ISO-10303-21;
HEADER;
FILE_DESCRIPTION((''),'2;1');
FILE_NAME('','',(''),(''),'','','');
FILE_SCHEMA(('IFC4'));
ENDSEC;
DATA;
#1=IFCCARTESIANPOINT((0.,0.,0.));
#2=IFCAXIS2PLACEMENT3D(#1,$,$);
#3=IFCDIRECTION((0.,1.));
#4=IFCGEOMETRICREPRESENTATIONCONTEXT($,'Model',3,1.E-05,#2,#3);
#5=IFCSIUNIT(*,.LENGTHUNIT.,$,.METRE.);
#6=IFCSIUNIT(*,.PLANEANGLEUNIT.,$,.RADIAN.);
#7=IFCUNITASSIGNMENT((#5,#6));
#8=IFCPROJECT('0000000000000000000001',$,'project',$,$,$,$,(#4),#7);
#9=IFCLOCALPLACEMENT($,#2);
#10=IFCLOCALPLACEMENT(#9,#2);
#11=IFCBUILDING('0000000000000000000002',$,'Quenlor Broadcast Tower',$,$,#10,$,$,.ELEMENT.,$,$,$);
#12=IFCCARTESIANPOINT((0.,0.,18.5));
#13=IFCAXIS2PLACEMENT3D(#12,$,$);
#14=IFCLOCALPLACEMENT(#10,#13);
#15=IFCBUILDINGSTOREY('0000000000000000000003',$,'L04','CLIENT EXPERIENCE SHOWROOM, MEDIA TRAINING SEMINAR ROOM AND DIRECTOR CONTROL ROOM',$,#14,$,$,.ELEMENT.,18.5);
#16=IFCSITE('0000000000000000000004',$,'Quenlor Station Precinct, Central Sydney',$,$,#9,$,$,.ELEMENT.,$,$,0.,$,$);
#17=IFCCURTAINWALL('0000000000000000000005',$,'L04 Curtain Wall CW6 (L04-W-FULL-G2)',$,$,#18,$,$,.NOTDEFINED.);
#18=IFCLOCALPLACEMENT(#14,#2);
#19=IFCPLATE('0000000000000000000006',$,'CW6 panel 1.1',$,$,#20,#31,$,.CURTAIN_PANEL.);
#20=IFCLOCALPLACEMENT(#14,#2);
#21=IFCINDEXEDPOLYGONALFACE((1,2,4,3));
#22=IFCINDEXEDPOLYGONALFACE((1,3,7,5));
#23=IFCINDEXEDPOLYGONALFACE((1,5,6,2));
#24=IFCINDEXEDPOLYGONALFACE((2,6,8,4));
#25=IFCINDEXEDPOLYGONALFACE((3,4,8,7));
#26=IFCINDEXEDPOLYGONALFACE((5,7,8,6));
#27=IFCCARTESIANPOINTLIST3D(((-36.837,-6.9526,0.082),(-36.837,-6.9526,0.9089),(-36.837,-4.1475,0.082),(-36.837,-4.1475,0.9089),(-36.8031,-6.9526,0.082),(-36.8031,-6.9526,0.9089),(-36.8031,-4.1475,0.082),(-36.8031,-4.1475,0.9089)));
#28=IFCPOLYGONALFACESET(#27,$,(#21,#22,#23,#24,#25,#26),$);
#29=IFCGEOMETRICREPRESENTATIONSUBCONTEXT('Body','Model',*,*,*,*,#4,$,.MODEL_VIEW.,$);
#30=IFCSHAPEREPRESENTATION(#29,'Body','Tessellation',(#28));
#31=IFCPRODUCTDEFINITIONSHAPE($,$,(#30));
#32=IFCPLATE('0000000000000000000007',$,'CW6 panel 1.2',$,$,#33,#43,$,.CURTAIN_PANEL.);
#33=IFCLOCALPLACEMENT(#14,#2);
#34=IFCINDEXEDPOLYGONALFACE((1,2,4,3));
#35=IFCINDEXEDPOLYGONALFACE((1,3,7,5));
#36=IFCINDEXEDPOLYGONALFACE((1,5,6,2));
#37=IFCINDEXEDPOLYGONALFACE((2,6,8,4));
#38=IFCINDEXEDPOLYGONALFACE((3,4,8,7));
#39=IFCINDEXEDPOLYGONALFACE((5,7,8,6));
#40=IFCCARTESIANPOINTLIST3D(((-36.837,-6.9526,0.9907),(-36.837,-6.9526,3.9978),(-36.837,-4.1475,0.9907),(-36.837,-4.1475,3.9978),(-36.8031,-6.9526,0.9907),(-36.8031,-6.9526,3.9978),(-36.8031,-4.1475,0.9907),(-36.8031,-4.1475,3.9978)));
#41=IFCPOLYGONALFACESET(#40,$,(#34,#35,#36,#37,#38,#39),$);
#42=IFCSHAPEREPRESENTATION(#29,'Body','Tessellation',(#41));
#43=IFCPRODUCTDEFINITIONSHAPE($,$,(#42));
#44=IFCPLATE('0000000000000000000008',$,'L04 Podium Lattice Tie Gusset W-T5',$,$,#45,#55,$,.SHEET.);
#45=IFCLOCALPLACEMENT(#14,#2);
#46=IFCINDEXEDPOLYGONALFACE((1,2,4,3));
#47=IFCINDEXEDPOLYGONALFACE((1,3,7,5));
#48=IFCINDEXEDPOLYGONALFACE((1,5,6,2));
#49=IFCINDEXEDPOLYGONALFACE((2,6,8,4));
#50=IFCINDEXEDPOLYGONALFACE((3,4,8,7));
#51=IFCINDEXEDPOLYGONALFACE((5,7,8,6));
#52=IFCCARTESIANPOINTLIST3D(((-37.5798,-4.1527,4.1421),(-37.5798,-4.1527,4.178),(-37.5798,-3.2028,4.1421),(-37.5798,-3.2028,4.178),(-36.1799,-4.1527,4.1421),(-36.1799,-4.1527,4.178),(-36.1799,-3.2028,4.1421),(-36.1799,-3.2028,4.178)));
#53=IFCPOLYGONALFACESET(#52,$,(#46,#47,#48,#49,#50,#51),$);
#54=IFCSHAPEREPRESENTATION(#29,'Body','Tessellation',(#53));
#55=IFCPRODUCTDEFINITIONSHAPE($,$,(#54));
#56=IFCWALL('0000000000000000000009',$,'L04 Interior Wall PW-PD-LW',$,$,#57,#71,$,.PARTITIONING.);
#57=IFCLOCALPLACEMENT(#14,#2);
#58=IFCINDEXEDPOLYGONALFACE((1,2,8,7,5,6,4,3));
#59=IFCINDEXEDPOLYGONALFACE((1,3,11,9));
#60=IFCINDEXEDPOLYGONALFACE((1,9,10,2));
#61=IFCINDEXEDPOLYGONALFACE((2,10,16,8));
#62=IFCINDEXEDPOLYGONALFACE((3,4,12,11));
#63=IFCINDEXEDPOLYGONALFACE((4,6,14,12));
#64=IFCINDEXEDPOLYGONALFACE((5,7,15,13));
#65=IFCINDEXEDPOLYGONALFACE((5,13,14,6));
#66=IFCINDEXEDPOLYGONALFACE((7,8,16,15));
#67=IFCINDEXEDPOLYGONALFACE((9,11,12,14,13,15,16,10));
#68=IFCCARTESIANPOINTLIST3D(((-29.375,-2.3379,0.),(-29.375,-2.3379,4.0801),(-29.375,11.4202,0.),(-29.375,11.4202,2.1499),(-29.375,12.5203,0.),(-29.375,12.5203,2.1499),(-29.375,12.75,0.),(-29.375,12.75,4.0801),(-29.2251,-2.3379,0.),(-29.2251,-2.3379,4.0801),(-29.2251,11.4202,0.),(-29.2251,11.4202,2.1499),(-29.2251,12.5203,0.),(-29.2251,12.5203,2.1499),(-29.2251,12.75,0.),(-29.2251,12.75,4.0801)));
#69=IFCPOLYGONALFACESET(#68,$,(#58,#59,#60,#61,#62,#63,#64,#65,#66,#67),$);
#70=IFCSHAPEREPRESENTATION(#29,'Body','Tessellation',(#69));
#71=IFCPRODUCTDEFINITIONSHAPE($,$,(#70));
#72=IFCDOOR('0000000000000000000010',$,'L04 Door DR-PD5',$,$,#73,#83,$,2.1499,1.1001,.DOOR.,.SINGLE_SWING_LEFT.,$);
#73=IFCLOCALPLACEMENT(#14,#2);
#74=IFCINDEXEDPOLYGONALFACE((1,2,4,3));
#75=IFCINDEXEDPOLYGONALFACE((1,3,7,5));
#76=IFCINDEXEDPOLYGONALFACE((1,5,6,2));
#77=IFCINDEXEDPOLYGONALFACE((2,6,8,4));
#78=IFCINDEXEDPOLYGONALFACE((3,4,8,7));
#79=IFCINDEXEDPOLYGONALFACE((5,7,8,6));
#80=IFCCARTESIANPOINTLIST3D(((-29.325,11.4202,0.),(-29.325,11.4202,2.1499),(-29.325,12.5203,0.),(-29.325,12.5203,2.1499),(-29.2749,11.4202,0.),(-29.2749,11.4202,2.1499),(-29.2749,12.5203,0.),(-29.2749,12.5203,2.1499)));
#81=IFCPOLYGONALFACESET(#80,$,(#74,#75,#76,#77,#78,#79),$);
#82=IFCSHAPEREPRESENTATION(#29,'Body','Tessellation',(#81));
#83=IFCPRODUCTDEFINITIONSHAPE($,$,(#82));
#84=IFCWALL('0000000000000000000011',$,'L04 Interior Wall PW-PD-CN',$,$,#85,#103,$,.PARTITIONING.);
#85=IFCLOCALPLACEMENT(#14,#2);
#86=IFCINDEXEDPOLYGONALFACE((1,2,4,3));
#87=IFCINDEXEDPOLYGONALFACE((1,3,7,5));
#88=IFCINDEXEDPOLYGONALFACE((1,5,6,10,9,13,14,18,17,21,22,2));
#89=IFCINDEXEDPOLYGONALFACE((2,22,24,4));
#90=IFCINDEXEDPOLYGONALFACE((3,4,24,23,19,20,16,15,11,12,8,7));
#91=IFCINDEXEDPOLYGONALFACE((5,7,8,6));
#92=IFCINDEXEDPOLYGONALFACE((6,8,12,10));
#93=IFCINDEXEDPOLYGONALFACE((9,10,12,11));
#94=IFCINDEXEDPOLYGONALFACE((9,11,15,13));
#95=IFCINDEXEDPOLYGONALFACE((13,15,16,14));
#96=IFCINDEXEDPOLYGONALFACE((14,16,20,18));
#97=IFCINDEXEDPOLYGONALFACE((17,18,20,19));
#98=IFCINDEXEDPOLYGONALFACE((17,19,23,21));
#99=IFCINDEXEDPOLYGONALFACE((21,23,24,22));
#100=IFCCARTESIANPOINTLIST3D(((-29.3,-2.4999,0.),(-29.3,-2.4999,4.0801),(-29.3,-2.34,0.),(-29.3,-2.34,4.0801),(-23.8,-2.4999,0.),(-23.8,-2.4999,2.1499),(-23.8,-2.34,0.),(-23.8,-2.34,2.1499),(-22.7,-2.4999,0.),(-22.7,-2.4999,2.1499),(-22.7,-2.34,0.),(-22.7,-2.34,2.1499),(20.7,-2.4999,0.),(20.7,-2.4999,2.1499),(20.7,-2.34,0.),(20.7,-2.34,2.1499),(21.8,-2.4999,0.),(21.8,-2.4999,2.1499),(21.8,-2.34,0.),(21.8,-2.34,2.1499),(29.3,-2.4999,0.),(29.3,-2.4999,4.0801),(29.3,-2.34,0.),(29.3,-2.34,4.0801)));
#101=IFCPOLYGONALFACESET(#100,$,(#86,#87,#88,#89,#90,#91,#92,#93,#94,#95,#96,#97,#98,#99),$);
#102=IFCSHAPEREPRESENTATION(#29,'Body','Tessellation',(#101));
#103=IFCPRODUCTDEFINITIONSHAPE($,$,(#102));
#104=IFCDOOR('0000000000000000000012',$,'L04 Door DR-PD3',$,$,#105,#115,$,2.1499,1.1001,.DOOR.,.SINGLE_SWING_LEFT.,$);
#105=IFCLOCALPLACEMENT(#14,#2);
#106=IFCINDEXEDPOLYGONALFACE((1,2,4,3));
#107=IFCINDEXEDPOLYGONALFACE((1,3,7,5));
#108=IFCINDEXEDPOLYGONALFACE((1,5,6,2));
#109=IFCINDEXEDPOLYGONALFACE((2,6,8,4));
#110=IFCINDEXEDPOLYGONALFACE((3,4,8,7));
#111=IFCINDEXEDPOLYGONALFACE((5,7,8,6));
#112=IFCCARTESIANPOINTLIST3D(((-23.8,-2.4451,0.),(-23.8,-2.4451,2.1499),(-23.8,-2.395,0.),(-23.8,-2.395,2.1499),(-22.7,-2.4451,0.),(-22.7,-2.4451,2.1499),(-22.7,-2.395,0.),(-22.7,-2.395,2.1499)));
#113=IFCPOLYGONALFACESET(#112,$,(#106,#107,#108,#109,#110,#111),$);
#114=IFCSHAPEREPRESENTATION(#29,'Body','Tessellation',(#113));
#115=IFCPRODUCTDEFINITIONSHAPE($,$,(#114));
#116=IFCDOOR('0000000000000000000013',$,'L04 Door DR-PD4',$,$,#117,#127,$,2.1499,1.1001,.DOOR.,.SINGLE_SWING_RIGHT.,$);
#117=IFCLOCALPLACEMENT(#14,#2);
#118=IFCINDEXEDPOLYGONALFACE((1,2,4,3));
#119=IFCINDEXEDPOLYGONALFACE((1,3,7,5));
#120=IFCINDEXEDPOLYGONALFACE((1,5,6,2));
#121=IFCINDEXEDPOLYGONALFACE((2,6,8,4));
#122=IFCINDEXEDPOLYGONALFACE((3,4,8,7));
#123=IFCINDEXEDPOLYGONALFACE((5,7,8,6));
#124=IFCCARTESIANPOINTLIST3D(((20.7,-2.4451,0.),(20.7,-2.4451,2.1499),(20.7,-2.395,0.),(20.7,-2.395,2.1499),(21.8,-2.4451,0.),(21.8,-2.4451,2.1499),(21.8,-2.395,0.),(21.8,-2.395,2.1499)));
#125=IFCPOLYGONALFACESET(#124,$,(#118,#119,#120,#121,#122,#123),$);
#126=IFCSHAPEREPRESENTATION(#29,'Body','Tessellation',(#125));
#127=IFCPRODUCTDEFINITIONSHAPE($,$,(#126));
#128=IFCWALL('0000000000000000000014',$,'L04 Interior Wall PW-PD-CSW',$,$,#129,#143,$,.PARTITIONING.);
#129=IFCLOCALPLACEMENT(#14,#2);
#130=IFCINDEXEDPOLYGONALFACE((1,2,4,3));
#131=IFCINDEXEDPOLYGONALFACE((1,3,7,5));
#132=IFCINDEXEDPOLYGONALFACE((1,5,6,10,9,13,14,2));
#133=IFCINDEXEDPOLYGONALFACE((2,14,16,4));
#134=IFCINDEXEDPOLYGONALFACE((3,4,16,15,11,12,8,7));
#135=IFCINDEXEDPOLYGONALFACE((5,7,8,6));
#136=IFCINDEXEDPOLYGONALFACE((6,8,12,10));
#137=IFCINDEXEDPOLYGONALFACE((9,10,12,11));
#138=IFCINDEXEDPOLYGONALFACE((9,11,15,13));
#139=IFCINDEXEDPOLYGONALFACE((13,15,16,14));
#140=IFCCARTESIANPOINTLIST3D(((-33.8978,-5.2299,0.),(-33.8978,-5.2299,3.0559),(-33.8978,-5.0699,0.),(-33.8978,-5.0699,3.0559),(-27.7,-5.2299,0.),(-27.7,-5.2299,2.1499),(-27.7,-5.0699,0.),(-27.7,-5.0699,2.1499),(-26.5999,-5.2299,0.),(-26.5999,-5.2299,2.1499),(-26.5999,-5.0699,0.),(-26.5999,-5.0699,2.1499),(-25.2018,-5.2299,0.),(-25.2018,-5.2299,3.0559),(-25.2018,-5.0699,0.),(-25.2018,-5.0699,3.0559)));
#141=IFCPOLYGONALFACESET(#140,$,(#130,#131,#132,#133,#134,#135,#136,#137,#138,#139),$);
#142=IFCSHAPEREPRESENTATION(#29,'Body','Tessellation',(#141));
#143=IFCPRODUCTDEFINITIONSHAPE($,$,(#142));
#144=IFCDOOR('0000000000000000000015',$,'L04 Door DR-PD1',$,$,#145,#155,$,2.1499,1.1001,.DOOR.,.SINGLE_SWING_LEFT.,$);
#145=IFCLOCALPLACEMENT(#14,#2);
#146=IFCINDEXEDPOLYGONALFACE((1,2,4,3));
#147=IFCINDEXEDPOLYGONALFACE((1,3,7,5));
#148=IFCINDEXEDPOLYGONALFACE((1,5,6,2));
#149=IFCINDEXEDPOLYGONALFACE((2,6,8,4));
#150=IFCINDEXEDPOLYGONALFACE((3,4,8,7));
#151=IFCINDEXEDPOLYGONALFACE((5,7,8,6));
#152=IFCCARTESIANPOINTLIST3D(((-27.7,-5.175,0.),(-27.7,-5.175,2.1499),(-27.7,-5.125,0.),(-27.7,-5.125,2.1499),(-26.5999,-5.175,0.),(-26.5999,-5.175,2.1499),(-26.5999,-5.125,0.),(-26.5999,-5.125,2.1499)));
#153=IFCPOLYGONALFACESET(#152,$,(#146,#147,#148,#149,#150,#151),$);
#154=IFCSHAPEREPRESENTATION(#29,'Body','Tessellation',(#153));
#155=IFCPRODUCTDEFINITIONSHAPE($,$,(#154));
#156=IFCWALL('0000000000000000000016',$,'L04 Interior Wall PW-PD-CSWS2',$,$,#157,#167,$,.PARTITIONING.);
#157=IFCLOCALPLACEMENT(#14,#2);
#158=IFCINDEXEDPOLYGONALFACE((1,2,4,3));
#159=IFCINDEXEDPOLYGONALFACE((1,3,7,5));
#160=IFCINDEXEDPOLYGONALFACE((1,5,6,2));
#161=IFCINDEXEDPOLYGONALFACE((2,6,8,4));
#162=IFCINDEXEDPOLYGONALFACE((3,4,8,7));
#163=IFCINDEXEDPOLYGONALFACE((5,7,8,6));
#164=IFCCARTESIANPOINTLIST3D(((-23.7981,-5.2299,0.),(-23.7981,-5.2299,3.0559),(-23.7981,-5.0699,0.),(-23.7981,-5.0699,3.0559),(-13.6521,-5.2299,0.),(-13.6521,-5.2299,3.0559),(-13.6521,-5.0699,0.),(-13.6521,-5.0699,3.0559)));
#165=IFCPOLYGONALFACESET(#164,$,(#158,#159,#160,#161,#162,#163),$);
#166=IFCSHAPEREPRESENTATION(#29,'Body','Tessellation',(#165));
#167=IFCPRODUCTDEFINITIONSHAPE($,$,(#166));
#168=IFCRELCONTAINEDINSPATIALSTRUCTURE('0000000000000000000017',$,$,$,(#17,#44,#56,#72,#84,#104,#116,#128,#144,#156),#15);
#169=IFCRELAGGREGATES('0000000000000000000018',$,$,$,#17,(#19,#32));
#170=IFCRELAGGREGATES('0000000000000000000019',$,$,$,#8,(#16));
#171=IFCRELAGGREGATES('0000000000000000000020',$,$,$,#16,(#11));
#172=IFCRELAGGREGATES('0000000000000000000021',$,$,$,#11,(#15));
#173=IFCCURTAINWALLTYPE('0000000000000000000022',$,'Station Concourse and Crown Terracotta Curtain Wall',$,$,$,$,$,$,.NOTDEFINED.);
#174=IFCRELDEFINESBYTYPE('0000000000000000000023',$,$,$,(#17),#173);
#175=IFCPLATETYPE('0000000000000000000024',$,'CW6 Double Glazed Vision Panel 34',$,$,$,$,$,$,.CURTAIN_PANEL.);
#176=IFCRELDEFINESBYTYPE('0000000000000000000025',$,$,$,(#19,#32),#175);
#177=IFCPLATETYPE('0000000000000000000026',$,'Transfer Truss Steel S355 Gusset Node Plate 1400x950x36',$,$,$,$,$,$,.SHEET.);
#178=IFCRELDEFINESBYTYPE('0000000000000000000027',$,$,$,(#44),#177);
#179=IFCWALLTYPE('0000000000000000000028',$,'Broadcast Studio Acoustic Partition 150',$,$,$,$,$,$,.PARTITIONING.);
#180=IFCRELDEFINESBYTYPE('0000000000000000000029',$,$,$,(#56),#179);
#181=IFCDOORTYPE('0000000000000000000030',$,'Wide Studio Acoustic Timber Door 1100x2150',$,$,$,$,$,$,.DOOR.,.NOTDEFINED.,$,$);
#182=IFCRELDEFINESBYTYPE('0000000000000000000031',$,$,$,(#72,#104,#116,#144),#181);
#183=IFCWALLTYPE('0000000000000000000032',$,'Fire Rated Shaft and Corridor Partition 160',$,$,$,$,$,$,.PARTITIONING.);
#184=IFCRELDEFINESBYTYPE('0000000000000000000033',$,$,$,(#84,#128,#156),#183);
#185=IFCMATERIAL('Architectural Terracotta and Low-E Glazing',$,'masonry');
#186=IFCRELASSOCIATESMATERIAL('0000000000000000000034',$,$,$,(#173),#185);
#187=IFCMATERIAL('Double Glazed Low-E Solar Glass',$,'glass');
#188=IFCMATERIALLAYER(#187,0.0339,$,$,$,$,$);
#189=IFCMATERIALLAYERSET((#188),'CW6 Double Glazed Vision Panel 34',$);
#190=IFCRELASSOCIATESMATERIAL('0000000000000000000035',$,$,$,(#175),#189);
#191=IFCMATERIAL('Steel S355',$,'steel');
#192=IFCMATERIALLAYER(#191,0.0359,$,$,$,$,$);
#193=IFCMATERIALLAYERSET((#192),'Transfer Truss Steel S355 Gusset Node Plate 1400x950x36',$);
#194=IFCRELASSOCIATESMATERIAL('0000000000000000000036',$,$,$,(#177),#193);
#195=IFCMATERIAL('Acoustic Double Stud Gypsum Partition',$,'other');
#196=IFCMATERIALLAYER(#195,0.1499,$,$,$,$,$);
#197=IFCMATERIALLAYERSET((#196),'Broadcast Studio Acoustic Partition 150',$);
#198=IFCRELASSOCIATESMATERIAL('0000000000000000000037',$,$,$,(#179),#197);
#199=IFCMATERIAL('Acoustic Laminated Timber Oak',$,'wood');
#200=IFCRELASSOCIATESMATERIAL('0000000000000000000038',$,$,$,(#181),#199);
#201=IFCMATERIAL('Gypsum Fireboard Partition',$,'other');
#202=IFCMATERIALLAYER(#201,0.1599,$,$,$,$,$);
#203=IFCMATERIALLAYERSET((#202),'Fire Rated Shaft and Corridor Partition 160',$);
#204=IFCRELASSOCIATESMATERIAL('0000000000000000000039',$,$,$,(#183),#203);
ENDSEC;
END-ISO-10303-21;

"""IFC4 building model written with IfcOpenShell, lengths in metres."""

from ifc_helpers import new_model, si_unit, direction, frame, frame_2d, origin, origin_2d, place, context, subcontext, project, spatial, rectangle, extrude, material, layer, layer_set, type_object, element, fill, aggregate, save


model = new_model("IFC4")

# Units and contexts
model_context = context("Model", 3, precision=1e-05, world=origin(), true_north=direction((0.0, 1.0)))
body_context = subcontext(model_context, "Body", "Model", "MODEL_VIEW")
ifc_project = project(units=[si_unit("LENGTHUNIT", "METRE"), si_unit("PLANEANGLEUNIT", "RADIAN")], contexts=[model_context])

# Site, building, storey
site_placement = place(None, origin())
site = spatial("IfcSite", under=ifc_project, at=site_placement, Name="Quenlor Station Precinct, Central Sydney", CompositionType="ELEMENT", RefElevation=0.0)
building_placement = place(site_placement, origin())
building = spatial("IfcBuilding", under=site, at=building_placement, Name="Quenlor Broadcast Tower", CompositionType="ELEMENT")
storey_placement = place(building_placement, frame((0.0, 0.0, 18.5)))
storey = spatial("IfcBuildingStorey", under=building, at=storey_placement, Name="L04", Description="CLIENT EXPERIENCE SHOWROOM, MEDIA TRAINING SEMINAR ROOM AND DIRECTOR CONTROL ROOM", CompositionType="ELEMENT", Elevation=18.5)

# Curtain wall
ifc_material_1 = material(Name="Architectural Terracotta and Low-E Glazing", Category="masonry")
curtain_wall_type = type_object("IfcCurtainWallType", Name="Station Concourse and Crown Terracotta Curtain Wall", PredefinedType="NOTDEFINED", material=ifc_material_1)
curtain_wall_placement = place(storey_placement, origin())
curtain_wall = element("IfcCurtainWall", 1, at=curtain_wall_placement, inside=storey, type_object=curtain_wall_type, Name="L04 Curtain Wall CW6 (L04-W-FULL-G2)", PredefinedType="NOTDEFINED")

# Plates
ifc_material_2 = material(Name="Double Glazed Low-E Solar Glass", Category="glass")
ifc_layer_1 = layer(ifc_material_2, 0.0339)
ifc_layer_set_1 = layer_set([ifc_layer_1], Name="CW6 Double Glazed Vision Panel 34")
plate_type_1 = type_object("IfcPlateType", Name="CW6 Double Glazed Vision Panel 34", PredefinedType="CURTAIN_PANEL", material=ifc_layer_set_1)
plate_1_placement = place(storey_placement, frame((-36.8201, -5.55, 0.082), z_axis=(0.0, 0.0, 1.0), x_axis=(0.0, 1.0, 0.0)))
plate_1 = element("IfcPlate", 2, at=plate_1_placement, type_object=plate_type_1, Name="CW6 panel 1.1", PredefinedType="CURTAIN_PANEL", context=body_context, shape_type="SweptSolid", body=[
    extrude(rectangle(XDim=2.8052, YDim=0.0339, at=origin_2d()), origin(), (0.0, 0.0, 1.0), 0.8269),
])
plate_2_placement = place(storey_placement, frame((-36.8201, -5.55, 0.9907), z_axis=(0.0, 0.0, 1.0), x_axis=(0.0, 1.0, 0.0)))
plate_2 = element("IfcPlate", 3, at=plate_2_placement, type_object=plate_type_1, Name="CW6 panel 1.2", PredefinedType="CURTAIN_PANEL", context=body_context, shape_type="SweptSolid", body=[
    extrude(rectangle(XDim=2.8052, YDim=0.0339, at=origin_2d()), origin(), (0.0, 0.0, 1.0), 3.0071),
])
aggregate(curtain_wall, [plate_1, plate_2])
ifc_material_3 = material(Name="Steel S355", Category="steel")
ifc_layer_2 = layer(ifc_material_3, 0.0359)
ifc_layer_set_2 = layer_set([ifc_layer_2], Name="Transfer Truss Steel S355 Gusset Node Plate 1400x950x36")
plate_type_2 = type_object("IfcPlateType", Name="Transfer Truss Steel S355 Gusset Node Plate 1400x950x36", PredefinedType="SHEET", material=ifc_layer_set_2)
plate_3_placement = place(storey_placement, frame((-36.8799, -3.6777, 4.1421), z_axis=(0.0, 0.0, 1.0), x_axis=(-1.0, 0.0, 0.0)))
element("IfcPlate", 4, at=plate_3_placement, inside=storey, type_object=plate_type_2, Name="L04 Podium Lattice Tie Gusset W-T5", PredefinedType="SHEET", context=body_context, shape_type="SweptSolid", body=[
    extrude(rectangle(XDim=1.3999, YDim=0.95, at=origin_2d()), origin(), (0.0, 0.0, 1.0), 0.0359),
])

# Wall, opening, door
ifc_material_4 = material(Name="Acoustic Double Stud Gypsum Partition", Category="other")
ifc_layer_3 = layer(ifc_material_4, 0.1499)
ifc_layer_set_3 = layer_set([ifc_layer_3], Name="Broadcast Studio Acoustic Partition 150")
wall_type_1 = type_object("IfcWallType", Name="Broadcast Studio Acoustic Partition 150", PredefinedType="PARTITIONING", material=ifc_layer_set_3)
wall_1_placement = place(storey_placement, frame((-29.3, -2.3379, 0.0), z_axis=(0.0, 0.0, 1.0), x_axis=(0.0, 1.0, 0.0)))
wall_1 = element("IfcWall", 5, at=wall_1_placement, inside=storey, type_object=wall_type_1, Name="L04 Interior Wall PW-PD-LW", PredefinedType="PARTITIONING", context=body_context, shape_type="SweptSolid", body=[
    extrude(rectangle(XDim=15.0879, YDim=0.1499, at=frame_2d((7.5439, 0.0))), origin(), (0.0, 0.0, 1.0), 4.0801),
])
opening_1_placement = place(wall_1_placement, frame((13.7581, 0.0, 0.0)))
opening_1 = element("IfcOpeningElement", 6, at=opening_1_placement, cuts=wall_1, PredefinedType="OPENING", context=body_context, shape_type="SweptSolid", body=[
    extrude(rectangle(XDim=1.1001, YDim=2.1499, at=frame_2d((0.55, 1.075))), frame((0.0, 0.085, 0.0), z_axis=(0.0, -1.0, 0.0), x_axis=(1.0, 0.0, 0.0)), (0.0, 0.0, 1.0), 0.1699),
])
ifc_material_5 = material(Name="Acoustic Laminated Timber Oak", Category="wood")
door_type = type_object("IfcDoorType", Name="Wide Studio Acoustic Timber Door 1100x2150", OperationType="NOTDEFINED", PredefinedType="DOOR", material=ifc_material_5)
door_1_placement = place(opening_1_placement, origin())
door_1 = element("IfcDoor", 7, at=door_1_placement, inside=storey, type_object=door_type, Name="L04 Door DR-PD5", OperationType="SINGLE_SWING_LEFT", OverallHeight=2.1499, OverallWidth=1.1001, PredefinedType="DOOR", context=body_context, shape_type="SweptSolid", body=[
    extrude(rectangle(XDim=1.1001, YDim=2.1499, at=frame_2d((0.55, 1.075))), frame((0.0, 0.0249, 0.0), z_axis=(0.0, -1.0, 0.0), x_axis=(1.0, 0.0, 0.0)), (0.0, 0.0, 1.0), 0.05),
])
fill(opening_1, door_1)

# Wall, openings, doors
ifc_material_6 = material(Name="Gypsum Fireboard Partition", Category="other")
ifc_layer_4 = layer(ifc_material_6, 0.1599)
ifc_layer_set_4 = layer_set([ifc_layer_4], Name="Fire Rated Shaft and Corridor Partition 160")
wall_type_2 = type_object("IfcWallType", Name="Fire Rated Shaft and Corridor Partition 160", PredefinedType="PARTITIONING", material=ifc_layer_set_4)
wall_2_placement = place(storey_placement, frame((-29.3, -2.4199, 0.0), z_axis=(0.0, 0.0, 1.0), x_axis=(1.0, 0.0, 0.0)))
wall_2 = element("IfcWall", 8, at=wall_2_placement, inside=storey, type_object=wall_type_2, Name="L04 Interior Wall PW-PD-CN", PredefinedType="PARTITIONING", context=body_context, shape_type="SweptSolid", body=[
    extrude(rectangle(XDim=58.6001, YDim=0.1599, at=frame_2d((29.3, 0.0))), origin(), (0.0, 0.0, 1.0), 4.0801),
])
opening_2_placement = place(wall_2_placement, frame((5.5, 0.0, 0.0)))
opening_2 = element("IfcOpeningElement", 9, at=opening_2_placement, cuts=wall_2, PredefinedType="OPENING", context=body_context, shape_type="SweptSolid", body=[
    extrude(rectangle(XDim=1.1001, YDim=2.1499, at=frame_2d((0.55, 1.075))), frame((0.0, 0.0898, 0.0), z_axis=(0.0, -1.0, 0.0), x_axis=(1.0, 0.0, 0.0)), (0.0, 0.0, 1.0), 0.1799),
])
opening_3_placement = place(wall_2_placement, frame((50.0, 0.0, 0.0)))
opening_3 = element("IfcOpeningElement", 10, at=opening_3_placement, cuts=wall_2, PredefinedType="OPENING", context=body_context, shape_type="SweptSolid", body=[
    extrude(rectangle(XDim=1.1001, YDim=2.1499, at=frame_2d((0.55, 1.075))), frame((0.0, 0.0898, 0.0), z_axis=(0.0, -1.0, 0.0), x_axis=(1.0, 0.0, 0.0)), (0.0, 0.0, 1.0), 0.1799),
])
door_2_placement = place(opening_2_placement, origin())
door_2 = element("IfcDoor", 11, at=door_2_placement, inside=storey, type_object=door_type, Name="L04 Door DR-PD3", OperationType="SINGLE_SWING_LEFT", OverallHeight=2.1499, OverallWidth=1.1001, PredefinedType="DOOR", context=body_context, shape_type="SweptSolid", body=[
    extrude(rectangle(XDim=1.1001, YDim=2.1499, at=frame_2d((0.55, 1.075))), frame((0.0, 0.0249, 0.0), z_axis=(0.0, -1.0, 0.0), x_axis=(1.0, 0.0, 0.0)), (0.0, 0.0, 1.0), 0.05),
])
fill(opening_2, door_2)
door_3_placement = place(opening_3_placement, origin())
door_3 = element("IfcDoor", 12, at=door_3_placement, inside=storey, type_object=door_type, Name="L04 Door DR-PD4", OperationType="SINGLE_SWING_RIGHT", OverallHeight=2.1499, OverallWidth=1.1001, PredefinedType="DOOR", context=body_context, shape_type="SweptSolid", body=[
    extrude(rectangle(XDim=1.1001, YDim=2.1499, at=frame_2d((0.55, 1.075))), frame((0.0, 0.0249, 0.0), z_axis=(0.0, -1.0, 0.0), x_axis=(1.0, 0.0, 0.0)), (0.0, 0.0, 1.0), 0.05),
])
fill(opening_3, door_3)

# Wall, opening, door
wall_3_placement = place(storey_placement, frame((-33.8979, -5.1499, 0.0), z_axis=(0.0, 0.0, 1.0), x_axis=(1.0, 0.0, 0.0)))
wall_3 = element("IfcWall", 13, at=wall_3_placement, inside=storey, type_object=wall_type_2, Name="L04 Interior Wall PW-PD-CSW", PredefinedType="PARTITIONING", context=body_context, shape_type="SweptSolid", body=[
    extrude(rectangle(XDim=8.696, YDim=0.1599, at=frame_2d((4.3481, 0.0))), origin(), (0.0, 0.0, 1.0), 3.0559),
])
opening_4_placement = place(wall_3_placement, frame((6.198, 0.0, 0.0)))
opening_4 = element("IfcOpeningElement", 14, at=opening_4_placement, cuts=wall_3, PredefinedType="OPENING", context=body_context, shape_type="SweptSolid", body=[
    extrude(rectangle(XDim=1.1001, YDim=2.1499, at=frame_2d((0.55, 1.075))), frame((0.0, 0.0898, 0.0), z_axis=(0.0, -1.0, 0.0), x_axis=(1.0, 0.0, 0.0)), (0.0, 0.0, 1.0), 0.1799),
])
door_4_placement = place(opening_4_placement, origin())
door_4 = element("IfcDoor", 15, at=door_4_placement, inside=storey, type_object=door_type, Name="L04 Door DR-PD1", OperationType="SINGLE_SWING_LEFT", OverallHeight=2.1499, OverallWidth=1.1001, PredefinedType="DOOR", context=body_context, shape_type="SweptSolid", body=[
    extrude(rectangle(XDim=1.1001, YDim=2.1499, at=frame_2d((0.55, 1.075))), frame((0.0, 0.0249, 0.0), z_axis=(0.0, -1.0, 0.0), x_axis=(1.0, 0.0, 0.0)), (0.0, 0.0, 1.0), 0.05),
])
fill(opening_4, door_4)

# Wall
wall_4_placement = place(storey_placement, frame((-23.7981, -5.1499, 0.0), z_axis=(0.0, 0.0, 1.0), x_axis=(1.0, 0.0, 0.0)))
element("IfcWall", 16, at=wall_4_placement, inside=storey, type_object=wall_type_2, Name="L04 Interior Wall PW-PD-CSWS2", PredefinedType="PARTITIONING", context=body_context, shape_type="SweptSolid", body=[
    extrude(rectangle(XDim=10.146, YDim=0.1599, at=frame_2d((5.073, 0.0))), origin(), (0.0, 0.0, 1.0), 3.0559),
])

save(model, "model.ifc")
